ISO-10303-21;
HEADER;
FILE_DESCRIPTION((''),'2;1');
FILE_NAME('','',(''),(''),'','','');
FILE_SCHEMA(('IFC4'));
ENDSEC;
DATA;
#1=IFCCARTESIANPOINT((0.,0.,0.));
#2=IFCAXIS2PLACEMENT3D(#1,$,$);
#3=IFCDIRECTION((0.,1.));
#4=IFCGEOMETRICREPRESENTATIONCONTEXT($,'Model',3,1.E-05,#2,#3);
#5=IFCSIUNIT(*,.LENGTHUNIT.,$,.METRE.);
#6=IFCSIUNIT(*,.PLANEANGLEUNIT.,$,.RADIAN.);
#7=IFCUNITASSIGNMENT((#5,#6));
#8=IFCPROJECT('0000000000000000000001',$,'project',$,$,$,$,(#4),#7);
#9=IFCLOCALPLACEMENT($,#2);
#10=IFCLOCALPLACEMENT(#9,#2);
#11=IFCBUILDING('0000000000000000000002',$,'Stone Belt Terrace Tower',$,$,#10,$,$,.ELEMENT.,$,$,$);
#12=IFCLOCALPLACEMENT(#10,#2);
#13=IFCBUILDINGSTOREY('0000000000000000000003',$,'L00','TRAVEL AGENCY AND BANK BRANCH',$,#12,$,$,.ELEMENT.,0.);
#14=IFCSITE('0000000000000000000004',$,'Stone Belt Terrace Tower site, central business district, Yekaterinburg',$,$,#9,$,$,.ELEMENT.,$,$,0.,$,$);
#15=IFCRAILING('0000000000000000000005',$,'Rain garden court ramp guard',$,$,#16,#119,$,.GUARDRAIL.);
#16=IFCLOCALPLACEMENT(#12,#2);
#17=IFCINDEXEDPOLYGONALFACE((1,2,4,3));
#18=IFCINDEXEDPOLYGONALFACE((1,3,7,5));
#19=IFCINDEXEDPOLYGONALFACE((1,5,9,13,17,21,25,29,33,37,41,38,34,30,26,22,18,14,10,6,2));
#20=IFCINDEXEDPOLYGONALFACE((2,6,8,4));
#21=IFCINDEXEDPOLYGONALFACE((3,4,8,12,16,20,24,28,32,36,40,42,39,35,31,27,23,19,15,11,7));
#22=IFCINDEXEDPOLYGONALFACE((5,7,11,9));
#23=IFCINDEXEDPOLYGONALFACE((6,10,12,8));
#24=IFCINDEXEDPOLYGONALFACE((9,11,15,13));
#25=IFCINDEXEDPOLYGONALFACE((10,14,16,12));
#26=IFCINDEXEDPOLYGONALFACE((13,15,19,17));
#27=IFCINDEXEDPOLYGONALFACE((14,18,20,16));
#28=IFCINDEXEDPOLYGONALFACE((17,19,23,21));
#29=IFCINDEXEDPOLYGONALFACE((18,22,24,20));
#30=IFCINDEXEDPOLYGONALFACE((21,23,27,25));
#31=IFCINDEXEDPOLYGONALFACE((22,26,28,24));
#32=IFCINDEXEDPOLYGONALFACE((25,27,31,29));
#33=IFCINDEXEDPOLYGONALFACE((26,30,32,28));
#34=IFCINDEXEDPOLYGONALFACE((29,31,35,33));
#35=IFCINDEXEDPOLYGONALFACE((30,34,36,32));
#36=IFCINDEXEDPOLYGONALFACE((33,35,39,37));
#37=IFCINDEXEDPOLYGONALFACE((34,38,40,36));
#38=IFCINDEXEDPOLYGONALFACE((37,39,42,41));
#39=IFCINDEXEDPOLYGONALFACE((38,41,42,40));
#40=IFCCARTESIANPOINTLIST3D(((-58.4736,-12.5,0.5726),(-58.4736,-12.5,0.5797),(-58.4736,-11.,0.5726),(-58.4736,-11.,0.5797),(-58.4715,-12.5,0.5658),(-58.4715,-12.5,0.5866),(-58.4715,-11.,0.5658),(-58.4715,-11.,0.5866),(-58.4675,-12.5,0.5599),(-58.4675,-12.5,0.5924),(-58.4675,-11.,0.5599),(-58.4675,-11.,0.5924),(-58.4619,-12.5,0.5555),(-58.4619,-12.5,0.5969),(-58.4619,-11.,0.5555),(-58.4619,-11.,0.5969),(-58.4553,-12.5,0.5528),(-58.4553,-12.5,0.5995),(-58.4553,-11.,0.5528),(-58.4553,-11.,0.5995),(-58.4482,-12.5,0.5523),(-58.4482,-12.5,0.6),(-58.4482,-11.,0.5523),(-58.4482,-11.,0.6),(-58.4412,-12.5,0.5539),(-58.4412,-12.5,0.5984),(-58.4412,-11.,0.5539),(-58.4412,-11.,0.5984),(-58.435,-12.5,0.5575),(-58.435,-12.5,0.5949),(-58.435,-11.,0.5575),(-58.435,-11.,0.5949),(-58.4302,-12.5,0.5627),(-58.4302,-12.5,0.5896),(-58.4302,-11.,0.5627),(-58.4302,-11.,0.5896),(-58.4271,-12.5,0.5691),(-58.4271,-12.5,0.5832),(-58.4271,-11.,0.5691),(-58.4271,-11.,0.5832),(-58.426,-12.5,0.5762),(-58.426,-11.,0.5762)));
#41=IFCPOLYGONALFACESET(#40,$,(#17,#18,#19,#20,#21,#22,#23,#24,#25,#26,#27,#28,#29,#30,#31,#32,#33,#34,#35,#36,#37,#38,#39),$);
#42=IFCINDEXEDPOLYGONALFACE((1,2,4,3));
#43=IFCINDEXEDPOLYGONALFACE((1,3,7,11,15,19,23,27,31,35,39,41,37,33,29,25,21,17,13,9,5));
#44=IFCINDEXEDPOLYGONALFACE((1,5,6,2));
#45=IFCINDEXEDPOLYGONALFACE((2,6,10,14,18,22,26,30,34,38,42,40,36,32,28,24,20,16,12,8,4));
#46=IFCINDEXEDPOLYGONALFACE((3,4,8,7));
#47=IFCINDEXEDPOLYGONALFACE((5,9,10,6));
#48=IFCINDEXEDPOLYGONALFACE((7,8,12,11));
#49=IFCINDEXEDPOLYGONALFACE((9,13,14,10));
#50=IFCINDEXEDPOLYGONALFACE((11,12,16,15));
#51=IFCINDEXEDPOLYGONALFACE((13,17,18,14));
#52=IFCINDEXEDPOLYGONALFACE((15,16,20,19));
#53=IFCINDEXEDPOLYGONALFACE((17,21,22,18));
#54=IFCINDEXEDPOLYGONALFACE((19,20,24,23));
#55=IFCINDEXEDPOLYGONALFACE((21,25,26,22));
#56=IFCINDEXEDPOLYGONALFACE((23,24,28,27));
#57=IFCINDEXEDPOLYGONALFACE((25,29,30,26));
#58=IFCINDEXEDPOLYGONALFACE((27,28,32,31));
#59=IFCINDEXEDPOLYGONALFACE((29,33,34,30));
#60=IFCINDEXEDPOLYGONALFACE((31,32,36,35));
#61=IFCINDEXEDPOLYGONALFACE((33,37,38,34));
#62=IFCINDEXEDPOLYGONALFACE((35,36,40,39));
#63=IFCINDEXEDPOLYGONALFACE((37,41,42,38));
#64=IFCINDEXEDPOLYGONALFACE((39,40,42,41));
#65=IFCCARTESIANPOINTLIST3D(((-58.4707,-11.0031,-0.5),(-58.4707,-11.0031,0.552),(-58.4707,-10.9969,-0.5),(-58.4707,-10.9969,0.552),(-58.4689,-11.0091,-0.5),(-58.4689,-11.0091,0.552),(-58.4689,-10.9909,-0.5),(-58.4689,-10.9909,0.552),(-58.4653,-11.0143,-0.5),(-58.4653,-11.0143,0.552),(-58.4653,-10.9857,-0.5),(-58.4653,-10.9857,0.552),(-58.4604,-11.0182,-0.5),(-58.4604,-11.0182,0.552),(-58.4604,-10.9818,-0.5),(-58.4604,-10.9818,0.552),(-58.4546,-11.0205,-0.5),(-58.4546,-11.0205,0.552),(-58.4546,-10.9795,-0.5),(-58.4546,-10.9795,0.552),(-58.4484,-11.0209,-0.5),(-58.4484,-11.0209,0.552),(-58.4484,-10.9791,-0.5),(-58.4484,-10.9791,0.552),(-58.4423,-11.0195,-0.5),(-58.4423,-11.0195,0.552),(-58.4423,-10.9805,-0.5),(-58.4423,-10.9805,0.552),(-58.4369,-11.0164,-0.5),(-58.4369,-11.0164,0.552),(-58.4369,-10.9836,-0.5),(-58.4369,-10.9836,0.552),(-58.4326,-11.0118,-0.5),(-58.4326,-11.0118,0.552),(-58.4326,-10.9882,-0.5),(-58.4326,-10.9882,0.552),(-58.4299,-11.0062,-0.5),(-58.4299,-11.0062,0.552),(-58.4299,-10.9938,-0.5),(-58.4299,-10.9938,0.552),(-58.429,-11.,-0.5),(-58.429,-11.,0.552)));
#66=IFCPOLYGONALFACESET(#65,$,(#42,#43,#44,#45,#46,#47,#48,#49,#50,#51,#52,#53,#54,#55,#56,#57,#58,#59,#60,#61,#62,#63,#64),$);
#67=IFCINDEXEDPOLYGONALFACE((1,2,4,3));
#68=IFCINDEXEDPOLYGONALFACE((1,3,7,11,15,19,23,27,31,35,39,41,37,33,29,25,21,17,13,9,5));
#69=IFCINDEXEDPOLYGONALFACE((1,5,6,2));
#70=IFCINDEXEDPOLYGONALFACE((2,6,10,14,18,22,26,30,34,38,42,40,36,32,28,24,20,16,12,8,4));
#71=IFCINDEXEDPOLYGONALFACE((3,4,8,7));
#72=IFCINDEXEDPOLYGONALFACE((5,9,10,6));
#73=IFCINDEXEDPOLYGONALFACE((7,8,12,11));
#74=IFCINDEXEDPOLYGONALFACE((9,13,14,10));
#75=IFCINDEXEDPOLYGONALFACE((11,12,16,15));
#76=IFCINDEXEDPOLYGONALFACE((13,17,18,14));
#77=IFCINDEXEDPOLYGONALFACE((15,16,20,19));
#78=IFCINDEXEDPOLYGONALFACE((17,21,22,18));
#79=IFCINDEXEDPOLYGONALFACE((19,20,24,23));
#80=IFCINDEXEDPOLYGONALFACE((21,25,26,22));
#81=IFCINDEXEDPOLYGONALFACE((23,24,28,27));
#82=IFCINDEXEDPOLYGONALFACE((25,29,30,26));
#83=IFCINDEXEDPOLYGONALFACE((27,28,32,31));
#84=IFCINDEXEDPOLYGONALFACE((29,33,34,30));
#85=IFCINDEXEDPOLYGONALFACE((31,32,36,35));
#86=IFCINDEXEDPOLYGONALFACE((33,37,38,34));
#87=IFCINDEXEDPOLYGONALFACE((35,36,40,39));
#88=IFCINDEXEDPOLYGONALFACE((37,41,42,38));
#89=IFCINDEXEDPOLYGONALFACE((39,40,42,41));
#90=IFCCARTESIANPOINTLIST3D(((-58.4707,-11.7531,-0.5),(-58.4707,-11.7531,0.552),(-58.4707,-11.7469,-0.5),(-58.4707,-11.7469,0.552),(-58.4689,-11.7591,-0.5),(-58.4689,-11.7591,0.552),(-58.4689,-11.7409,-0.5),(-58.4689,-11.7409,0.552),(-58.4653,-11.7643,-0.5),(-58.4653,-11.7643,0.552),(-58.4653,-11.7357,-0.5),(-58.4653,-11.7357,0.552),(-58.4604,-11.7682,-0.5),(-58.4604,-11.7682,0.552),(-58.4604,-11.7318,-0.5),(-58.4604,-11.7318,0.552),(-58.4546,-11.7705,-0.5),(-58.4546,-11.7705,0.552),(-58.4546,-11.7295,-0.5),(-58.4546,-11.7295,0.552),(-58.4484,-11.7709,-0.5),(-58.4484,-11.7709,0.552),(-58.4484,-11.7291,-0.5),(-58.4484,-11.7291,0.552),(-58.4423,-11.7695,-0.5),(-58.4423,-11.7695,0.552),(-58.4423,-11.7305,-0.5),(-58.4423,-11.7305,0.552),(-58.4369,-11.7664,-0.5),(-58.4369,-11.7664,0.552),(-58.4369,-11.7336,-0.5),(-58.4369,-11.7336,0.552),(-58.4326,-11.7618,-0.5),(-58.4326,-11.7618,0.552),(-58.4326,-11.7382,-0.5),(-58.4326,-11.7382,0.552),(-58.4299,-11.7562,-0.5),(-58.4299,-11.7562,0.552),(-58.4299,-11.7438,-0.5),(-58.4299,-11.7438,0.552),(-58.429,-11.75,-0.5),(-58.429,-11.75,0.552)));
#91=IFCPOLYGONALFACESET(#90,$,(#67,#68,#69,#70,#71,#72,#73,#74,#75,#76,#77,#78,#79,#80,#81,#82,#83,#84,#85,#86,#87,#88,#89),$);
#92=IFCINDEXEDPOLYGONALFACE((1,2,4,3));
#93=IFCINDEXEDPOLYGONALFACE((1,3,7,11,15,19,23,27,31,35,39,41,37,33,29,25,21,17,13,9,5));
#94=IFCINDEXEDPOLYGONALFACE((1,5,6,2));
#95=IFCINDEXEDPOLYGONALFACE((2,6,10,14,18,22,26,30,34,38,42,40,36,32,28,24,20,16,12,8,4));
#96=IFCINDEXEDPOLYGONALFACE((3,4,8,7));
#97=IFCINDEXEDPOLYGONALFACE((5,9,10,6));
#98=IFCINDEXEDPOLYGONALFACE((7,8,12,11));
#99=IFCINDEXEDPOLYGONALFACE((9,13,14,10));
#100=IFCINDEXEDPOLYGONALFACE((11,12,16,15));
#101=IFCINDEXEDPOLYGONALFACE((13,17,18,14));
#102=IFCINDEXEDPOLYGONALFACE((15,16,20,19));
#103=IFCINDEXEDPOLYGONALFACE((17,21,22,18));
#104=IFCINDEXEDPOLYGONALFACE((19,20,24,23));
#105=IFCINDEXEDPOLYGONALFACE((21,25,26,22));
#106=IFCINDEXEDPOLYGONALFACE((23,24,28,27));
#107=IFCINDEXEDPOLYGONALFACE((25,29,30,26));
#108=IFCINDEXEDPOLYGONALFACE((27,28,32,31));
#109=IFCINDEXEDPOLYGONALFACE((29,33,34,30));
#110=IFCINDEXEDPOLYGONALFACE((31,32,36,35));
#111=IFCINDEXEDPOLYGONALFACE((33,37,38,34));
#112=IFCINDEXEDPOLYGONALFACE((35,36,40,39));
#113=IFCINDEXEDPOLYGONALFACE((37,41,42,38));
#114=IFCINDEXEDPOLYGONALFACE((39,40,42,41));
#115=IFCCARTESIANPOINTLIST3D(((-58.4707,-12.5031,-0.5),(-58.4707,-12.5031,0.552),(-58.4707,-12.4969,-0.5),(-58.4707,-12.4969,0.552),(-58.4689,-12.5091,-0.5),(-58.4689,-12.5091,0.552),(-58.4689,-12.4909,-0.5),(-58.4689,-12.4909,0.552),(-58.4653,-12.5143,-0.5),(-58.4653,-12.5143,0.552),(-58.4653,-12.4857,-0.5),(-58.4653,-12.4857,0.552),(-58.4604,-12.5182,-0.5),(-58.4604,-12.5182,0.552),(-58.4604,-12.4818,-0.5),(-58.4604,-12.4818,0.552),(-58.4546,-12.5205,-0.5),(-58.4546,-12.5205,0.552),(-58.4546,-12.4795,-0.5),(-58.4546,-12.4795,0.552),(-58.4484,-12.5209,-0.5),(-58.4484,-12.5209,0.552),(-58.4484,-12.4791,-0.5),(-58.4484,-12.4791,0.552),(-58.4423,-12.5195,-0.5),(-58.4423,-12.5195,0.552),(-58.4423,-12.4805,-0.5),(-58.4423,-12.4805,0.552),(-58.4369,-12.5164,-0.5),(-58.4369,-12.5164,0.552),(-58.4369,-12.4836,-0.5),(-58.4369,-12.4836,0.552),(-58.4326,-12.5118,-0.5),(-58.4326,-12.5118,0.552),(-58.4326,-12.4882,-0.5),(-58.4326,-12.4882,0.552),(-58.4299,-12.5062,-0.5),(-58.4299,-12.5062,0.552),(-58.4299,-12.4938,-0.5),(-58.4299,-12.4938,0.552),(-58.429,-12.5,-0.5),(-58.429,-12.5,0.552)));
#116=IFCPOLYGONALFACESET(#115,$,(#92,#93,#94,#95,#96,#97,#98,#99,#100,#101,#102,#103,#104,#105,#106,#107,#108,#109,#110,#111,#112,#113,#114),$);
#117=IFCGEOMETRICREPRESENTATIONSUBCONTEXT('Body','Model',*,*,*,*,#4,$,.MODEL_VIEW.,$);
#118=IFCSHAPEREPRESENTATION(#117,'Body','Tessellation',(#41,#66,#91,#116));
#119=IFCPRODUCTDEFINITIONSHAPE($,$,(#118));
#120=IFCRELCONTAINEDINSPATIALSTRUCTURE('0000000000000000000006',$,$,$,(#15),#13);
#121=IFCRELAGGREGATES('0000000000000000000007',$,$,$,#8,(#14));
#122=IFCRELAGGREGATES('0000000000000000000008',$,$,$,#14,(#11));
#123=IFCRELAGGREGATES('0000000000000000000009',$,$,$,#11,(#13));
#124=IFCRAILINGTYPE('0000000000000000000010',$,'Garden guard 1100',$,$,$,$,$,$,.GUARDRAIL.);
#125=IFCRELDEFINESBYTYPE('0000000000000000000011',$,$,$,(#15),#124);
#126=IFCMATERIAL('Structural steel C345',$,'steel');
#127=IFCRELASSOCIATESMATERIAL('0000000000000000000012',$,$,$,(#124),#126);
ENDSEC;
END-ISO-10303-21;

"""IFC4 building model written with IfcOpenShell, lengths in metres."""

from ifc_helpers import new_model, si_unit, direction, frame, origin, origin_2d, place, context, subcontext, project, spatial, circle, extrude, material, type_object, element, save


model = new_model("IFC4")

# Units and contexts
model_context = context("Model", 3, precision=1e-05, world=origin(), true_north=direction((0.0, 1.0)))
body_context = subcontext(model_context, "Body", "Model", "MODEL_VIEW")
ifc_project = project(units=[si_unit("LENGTHUNIT", "METRE"), si_unit("PLANEANGLEUNIT", "RADIAN")], contexts=[model_context])

# Site, building, storey
site_placement = place(None, origin())
site = spatial("IfcSite", under=ifc_project, at=site_placement, Name="Stone Belt Terrace Tower site, central business district, Yekaterinburg", CompositionType="ELEMENT", RefElevation=0.0)
building_placement = place(site_placement, origin())
building = spatial("IfcBuilding", under=site, at=building_placement, Name="Stone Belt Terrace Tower", CompositionType="ELEMENT")
storey_placement = place(building_placement, origin())
storey = spatial("IfcBuildingStorey", under=building, at=storey_placement, Name="L00", Description="TRAVEL AGENCY AND BANK BRANCH", CompositionType="ELEMENT", Elevation=0.0)

# Railing
ifc_material_1 = material(Name="Structural steel C345", Category="steel")
railing_type_1 = type_object("IfcRailingType", Name="Garden guard 1100", PredefinedType="GUARDRAIL", material=ifc_material_1)
railing_1_placement = place(storey_placement, frame((-58.45, -11.0, -0.5)))
element("IfcRailing", 1, at=railing_1_placement, inside=storey, type_object=railing_type_1, Name="Rain garden court ramp guard", PredefinedType="GUARDRAIL", context=body_context, shape_type="SweptSolid", body=[
    extrude(circle(Radius=0.0239, at=origin_2d()), frame((0.0, 0.0, 1.0762), z_axis=(0.0, -1.0, 0.0), x_axis=(1.0, 0.0, 0.0)), (0.0, 0.0, 1.0), 1.5),
    extrude(circle(Radius=0.021, at=origin_2d()), origin(), (0.0, 0.0, 1.0), 1.052),
    extrude(circle(Radius=0.021, at=origin_2d()), frame((0.0, -0.75, 0.0)), (0.0, 0.0, 1.0), 1.052),
    extrude(circle(Radius=0.021, at=origin_2d()), frame((0.0, -1.5, 0.0)), (0.0, 0.0, 1.0), 1.052),
])

save(model, "model.ifc")
